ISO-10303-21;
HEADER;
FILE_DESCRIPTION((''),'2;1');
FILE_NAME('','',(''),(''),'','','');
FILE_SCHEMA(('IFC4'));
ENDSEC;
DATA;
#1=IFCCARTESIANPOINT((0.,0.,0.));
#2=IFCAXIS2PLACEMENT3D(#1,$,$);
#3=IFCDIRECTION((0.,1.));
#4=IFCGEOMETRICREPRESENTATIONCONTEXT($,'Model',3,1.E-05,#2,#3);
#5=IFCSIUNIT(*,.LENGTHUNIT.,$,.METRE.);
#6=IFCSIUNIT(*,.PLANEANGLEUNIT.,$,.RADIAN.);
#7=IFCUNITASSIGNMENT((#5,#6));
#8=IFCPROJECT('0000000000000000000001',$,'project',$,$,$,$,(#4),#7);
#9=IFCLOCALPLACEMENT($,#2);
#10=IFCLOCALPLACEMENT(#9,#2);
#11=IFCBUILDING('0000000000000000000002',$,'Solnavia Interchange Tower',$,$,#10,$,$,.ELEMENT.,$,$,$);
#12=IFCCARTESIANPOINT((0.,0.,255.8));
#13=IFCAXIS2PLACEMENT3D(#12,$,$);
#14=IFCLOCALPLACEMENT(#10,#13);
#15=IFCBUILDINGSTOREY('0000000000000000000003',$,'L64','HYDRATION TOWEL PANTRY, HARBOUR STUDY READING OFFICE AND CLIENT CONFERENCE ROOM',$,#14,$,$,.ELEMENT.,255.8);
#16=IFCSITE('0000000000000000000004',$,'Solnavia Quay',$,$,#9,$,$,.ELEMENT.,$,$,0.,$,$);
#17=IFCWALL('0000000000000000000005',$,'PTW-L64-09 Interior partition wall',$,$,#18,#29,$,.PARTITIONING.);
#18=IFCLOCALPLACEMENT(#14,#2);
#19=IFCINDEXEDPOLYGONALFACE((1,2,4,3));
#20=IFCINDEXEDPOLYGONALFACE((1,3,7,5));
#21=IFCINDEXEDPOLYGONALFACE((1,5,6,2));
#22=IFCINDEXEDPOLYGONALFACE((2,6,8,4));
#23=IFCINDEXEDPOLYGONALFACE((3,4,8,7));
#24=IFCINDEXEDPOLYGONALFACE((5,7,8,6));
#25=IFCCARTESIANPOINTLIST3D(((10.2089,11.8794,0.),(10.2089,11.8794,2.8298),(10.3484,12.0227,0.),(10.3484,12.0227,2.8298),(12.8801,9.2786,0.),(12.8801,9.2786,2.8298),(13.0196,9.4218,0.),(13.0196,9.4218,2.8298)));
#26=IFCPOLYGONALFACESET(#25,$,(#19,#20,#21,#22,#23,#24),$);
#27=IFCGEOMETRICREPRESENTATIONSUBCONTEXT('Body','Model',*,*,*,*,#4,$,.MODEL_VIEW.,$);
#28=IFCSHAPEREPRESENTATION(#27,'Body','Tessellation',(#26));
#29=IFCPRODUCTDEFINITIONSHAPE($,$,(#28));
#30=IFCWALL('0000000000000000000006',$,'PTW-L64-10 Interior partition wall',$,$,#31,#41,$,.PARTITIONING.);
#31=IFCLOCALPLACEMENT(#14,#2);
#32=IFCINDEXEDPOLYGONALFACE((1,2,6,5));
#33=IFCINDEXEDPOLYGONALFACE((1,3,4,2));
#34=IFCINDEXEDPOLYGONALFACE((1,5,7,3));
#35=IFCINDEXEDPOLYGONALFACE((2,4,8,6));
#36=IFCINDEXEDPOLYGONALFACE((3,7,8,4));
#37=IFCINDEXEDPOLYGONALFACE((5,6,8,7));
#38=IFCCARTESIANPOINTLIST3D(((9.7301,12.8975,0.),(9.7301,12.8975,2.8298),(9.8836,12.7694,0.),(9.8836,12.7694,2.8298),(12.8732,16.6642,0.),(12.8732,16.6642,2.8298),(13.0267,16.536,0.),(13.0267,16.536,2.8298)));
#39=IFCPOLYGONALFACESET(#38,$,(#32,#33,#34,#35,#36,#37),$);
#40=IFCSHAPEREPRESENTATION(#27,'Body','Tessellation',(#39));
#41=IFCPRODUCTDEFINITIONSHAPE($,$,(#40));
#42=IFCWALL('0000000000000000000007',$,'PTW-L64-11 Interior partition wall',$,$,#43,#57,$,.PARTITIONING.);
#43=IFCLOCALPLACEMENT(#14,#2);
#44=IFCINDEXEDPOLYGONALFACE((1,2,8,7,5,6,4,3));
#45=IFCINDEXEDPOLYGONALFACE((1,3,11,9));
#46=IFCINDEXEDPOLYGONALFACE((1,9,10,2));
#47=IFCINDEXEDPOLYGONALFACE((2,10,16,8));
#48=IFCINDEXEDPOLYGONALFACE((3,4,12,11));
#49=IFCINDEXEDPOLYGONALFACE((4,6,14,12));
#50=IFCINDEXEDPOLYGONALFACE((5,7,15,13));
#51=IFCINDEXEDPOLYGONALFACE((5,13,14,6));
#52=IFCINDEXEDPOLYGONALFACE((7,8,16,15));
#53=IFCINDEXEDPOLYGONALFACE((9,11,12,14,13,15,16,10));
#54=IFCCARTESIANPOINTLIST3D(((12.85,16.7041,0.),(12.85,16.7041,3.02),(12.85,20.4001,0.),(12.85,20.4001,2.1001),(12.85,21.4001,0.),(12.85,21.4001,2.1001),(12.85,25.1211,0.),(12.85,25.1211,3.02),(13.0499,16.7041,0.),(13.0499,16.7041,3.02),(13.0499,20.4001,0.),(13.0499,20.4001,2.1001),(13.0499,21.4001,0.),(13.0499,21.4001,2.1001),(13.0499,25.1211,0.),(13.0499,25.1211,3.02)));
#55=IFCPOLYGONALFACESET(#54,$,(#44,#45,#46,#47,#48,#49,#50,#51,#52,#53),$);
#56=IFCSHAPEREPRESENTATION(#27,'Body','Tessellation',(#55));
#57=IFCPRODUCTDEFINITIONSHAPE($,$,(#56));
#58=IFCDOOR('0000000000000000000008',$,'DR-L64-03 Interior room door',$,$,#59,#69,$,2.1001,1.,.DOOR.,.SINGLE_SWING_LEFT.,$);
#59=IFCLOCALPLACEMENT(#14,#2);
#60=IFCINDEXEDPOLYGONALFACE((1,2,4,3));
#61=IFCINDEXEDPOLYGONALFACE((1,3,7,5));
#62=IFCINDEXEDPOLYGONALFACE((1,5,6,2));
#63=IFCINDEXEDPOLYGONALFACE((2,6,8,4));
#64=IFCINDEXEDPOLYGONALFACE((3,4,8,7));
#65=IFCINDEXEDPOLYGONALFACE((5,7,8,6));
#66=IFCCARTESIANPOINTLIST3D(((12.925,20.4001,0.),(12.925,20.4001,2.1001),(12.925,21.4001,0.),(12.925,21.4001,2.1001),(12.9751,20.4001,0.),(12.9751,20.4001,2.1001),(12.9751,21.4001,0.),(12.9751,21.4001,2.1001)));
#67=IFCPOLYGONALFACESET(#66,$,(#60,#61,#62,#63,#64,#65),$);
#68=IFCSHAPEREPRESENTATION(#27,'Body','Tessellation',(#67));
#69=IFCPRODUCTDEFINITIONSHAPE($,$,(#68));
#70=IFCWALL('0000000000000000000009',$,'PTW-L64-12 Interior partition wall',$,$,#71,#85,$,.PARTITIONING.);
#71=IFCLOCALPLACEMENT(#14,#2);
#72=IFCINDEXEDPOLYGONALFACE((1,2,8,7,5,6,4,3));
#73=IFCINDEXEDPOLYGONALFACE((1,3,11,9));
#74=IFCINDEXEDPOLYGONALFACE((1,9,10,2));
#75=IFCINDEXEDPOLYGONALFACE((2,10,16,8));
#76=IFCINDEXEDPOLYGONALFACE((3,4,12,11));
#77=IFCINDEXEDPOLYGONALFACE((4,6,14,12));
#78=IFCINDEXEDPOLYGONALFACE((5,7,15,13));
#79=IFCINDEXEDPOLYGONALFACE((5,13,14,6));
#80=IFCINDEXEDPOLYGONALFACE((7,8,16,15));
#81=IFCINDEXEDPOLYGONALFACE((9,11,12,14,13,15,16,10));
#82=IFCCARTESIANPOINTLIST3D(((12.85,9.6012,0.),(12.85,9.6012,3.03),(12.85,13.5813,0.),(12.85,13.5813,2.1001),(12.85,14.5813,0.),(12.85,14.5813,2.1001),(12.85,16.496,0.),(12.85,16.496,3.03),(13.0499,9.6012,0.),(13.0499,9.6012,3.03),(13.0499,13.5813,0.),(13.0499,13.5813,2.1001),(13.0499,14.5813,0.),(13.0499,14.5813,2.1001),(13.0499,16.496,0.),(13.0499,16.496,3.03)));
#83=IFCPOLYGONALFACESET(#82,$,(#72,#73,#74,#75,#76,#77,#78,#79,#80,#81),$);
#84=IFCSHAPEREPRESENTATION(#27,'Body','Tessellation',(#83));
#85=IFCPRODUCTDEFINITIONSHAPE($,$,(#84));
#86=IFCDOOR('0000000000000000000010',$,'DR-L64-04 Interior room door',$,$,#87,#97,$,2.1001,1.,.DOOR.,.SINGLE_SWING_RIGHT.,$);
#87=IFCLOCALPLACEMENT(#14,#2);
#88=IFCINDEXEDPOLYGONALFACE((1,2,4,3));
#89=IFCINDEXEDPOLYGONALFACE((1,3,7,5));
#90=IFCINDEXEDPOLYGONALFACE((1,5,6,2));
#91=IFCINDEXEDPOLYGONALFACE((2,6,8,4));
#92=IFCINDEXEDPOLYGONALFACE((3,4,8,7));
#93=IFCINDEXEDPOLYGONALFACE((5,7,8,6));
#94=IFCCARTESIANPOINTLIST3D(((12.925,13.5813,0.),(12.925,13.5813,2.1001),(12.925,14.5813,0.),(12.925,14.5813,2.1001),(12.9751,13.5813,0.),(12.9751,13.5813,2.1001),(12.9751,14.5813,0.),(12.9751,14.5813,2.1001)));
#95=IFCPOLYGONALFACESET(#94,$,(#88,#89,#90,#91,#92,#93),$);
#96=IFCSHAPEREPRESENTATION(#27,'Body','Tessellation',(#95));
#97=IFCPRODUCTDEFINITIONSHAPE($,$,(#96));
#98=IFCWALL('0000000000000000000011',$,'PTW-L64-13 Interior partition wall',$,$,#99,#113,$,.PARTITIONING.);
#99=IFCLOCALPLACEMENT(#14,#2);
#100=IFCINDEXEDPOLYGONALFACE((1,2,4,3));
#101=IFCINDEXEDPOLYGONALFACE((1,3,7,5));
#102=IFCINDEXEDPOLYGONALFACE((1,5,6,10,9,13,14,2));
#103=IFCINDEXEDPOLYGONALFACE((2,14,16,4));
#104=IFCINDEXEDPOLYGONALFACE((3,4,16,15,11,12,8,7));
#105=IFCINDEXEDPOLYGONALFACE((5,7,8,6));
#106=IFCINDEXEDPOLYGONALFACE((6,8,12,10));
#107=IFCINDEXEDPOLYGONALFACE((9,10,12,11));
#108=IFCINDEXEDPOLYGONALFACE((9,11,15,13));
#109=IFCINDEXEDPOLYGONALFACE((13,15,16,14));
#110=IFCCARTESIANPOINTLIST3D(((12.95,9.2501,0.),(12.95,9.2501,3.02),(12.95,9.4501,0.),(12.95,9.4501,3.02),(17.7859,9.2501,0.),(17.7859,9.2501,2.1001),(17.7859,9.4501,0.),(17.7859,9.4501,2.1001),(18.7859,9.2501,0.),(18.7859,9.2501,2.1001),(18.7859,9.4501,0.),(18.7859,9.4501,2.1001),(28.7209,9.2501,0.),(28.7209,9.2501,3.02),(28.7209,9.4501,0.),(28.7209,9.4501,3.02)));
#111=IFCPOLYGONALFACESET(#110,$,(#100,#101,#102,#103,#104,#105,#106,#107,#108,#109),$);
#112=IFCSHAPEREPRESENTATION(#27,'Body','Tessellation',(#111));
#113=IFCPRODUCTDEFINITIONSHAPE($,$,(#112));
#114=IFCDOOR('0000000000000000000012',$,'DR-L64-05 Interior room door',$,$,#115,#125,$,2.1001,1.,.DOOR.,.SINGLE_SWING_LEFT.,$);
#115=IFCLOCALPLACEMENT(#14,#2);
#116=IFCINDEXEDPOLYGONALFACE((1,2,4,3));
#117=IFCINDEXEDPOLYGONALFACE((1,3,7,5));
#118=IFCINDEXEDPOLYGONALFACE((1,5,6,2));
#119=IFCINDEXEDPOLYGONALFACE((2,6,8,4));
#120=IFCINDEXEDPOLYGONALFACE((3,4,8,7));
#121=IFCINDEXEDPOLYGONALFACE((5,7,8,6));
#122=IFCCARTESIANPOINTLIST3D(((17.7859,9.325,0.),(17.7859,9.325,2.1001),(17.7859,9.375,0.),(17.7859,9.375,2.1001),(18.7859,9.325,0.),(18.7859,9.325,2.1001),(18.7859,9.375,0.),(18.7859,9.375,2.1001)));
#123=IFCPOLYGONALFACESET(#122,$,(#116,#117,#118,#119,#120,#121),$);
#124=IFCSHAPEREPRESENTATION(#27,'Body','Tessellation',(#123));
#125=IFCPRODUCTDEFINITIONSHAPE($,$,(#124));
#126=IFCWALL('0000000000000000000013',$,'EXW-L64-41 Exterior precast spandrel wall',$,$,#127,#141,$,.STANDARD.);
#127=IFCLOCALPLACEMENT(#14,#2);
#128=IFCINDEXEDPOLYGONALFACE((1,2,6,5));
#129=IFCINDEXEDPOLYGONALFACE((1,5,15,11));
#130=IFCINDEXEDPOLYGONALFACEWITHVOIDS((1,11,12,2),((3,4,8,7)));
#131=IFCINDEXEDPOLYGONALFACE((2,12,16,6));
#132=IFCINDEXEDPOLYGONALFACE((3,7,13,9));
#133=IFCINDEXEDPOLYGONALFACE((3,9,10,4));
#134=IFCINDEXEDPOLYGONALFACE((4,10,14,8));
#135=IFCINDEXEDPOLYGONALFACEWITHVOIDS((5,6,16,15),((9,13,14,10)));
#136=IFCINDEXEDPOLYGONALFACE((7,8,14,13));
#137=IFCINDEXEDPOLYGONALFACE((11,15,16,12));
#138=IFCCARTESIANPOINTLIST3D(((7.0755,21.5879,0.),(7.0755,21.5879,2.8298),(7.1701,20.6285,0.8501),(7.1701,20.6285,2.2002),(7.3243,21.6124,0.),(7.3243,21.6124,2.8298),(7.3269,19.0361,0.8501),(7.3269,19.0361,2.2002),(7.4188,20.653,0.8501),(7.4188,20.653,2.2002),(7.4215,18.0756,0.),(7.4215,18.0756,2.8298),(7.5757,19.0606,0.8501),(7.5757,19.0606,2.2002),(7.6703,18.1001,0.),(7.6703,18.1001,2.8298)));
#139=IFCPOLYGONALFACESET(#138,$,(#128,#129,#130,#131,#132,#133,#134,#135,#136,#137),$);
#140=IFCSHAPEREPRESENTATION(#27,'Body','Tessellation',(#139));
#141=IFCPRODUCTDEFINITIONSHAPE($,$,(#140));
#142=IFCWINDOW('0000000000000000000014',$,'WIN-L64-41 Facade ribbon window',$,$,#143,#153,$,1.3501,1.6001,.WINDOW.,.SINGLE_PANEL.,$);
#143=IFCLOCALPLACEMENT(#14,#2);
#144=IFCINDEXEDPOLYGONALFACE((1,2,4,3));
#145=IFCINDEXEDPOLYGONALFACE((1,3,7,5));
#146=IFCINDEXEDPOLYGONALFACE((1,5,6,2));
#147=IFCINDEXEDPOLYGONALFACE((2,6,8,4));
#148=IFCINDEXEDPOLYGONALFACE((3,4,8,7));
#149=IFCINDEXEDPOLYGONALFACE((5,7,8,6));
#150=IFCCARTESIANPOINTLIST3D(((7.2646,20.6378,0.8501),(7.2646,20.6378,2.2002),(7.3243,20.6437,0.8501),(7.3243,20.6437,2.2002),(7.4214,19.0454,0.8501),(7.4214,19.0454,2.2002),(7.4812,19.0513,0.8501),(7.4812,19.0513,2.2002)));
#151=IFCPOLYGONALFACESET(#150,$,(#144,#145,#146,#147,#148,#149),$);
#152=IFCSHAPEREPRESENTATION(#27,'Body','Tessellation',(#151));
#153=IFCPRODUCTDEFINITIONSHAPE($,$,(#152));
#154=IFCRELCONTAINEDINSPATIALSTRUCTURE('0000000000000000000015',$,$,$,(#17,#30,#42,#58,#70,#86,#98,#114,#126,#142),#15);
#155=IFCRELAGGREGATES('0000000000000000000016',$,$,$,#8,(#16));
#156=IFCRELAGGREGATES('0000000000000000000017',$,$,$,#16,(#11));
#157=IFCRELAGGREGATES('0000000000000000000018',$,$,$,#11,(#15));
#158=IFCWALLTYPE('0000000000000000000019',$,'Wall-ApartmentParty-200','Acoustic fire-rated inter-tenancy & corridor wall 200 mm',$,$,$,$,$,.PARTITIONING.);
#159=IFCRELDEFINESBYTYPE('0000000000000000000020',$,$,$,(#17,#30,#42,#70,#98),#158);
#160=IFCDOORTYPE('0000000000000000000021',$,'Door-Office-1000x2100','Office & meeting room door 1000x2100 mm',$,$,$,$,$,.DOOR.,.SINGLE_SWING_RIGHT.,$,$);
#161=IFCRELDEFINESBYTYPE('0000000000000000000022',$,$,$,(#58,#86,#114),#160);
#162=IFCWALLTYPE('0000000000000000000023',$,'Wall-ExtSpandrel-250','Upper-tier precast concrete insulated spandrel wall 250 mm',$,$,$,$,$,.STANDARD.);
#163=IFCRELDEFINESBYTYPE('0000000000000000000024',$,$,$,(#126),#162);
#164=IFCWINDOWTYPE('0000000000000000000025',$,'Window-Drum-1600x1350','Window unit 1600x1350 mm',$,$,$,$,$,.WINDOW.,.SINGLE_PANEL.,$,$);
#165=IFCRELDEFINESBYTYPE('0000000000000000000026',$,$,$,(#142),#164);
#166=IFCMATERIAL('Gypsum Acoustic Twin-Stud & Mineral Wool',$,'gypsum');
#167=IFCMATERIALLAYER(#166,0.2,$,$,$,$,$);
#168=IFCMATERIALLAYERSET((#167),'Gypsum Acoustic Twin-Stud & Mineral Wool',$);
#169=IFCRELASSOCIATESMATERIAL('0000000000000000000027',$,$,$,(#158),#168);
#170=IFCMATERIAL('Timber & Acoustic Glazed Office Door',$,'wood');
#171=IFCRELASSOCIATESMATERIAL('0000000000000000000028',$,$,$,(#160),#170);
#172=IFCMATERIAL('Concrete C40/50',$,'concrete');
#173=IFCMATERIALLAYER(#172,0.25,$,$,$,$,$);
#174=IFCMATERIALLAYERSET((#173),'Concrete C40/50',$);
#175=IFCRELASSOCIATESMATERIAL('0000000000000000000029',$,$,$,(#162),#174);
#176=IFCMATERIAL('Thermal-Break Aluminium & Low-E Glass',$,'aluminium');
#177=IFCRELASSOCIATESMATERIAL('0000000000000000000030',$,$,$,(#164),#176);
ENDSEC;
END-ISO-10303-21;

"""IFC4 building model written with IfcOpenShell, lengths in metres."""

from ifc_helpers import new_model, si_unit, direction, frame, frame_2d, origin, place, context, subcontext, project, spatial, rectangle, extrude, material, layer, layer_set, type_object, element, fill, save


model = new_model("IFC4")

# Units and contexts
model_context = context("Model", 3, precision=1e-05, world=origin(), true_north=direction((0.0, 1.0)))
body_context = subcontext(model_context, "Body", "Model", "MODEL_VIEW")
ifc_project = project(units=[si_unit("LENGTHUNIT", "METRE"), si_unit("PLANEANGLEUNIT", "RADIAN")], contexts=[model_context])

# Site, building, storey
site_placement = place(None, origin())
site = spatial("IfcSite", under=ifc_project, at=site_placement, Name="Solnavia Quay", CompositionType="ELEMENT", RefElevation=0.0)
building_placement = place(site_placement, origin())
building = spatial("IfcBuilding", under=site, at=building_placement, Name="Solnavia Interchange Tower", CompositionType="ELEMENT")
storey_placement = place(building_placement, frame((0.0, 0.0, 255.8)))
storey = spatial("IfcBuildingStorey", under=building, at=storey_placement, Name="L64", Description="HYDRATION TOWEL PANTRY, HARBOUR STUDY READING OFFICE AND CLIENT CONFERENCE ROOM", CompositionType="ELEMENT", Elevation=255.8)

# Shared definitions
ifc_material_1 = material(Name="Concrete C40/50", Category="concrete")

# Walls
ifc_material_2 = material(Name="Gypsum Acoustic Twin-Stud & Mineral Wool", Category="gypsum")
ifc_layer_1 = layer(ifc_material_2, 0.2)
ifc_layer_set_1 = layer_set([ifc_layer_1], Name="Gypsum Acoustic Twin-Stud & Mineral Wool")
wall_type_1 = type_object("IfcWallType", Name="Wall-ApartmentParty-200", Description="Acoustic fire-rated inter-tenancy & corridor wall 200 mm", PredefinedType="PARTITIONING", material=ifc_layer_set_1)
wall_1_placement = place(storey_placement, frame((12.95, 9.3501, 0.0), z_axis=(0.0, 0.0, 1.0), x_axis=(-0.716474, 0.697614, 0.0)))
element("IfcWall", 1, at=wall_1_placement, inside=storey, type_object=wall_type_1, Name="PTW-L64-09 Interior partition wall", PredefinedType="PARTITIONING", context=body_context, shape_type="SweptSolid", body=[
    extrude(rectangle(XDim=3.7283, YDim=0.2, at=frame_2d((1.8643, 0.0))), origin(), (0.0, 0.0, 1.0), 2.8298),
])
wall_2_placement = place(storey_placement, frame((12.95, 16.6001, 0.0), z_axis=(0.0, 0.0, 1.0), x_axis=(-0.640693, -0.767797, 0.0)))
element("IfcWall", 2, at=wall_2_placement, inside=storey, type_object=wall_type_1, Name="PTW-L64-10 Interior partition wall", PredefinedType="PARTITIONING", context=body_context, shape_type="SweptSolid", body=[
    extrude(rectangle(XDim=4.9058, YDim=0.2, at=frame_2d((2.4529, 0.0))), origin(), (0.0, 0.0, 1.0), 2.8298),
])

# Walls, openings, doors
wall_3_placement = place(storey_placement, frame((12.95, 16.7041, 0.0), z_axis=(0.0, 0.0, 1.0), x_axis=(0.0, 1.0, 0.0)))
wall_3 = element("IfcWall", 3, at=wall_3_placement, inside=storey, type_object=wall_type_1, Name="PTW-L64-11 Interior partition wall", PredefinedType="PARTITIONING", context=body_context, shape_type="SweptSolid", body=[
    extrude(rectangle(XDim=8.417, YDim=0.2, at=frame_2d((4.2085, 0.0))), origin(), (0.0, 0.0, 1.0), 3.02),
])
opening_1_placement = place(wall_3_placement, frame((3.696, 0.0, 0.0)))
opening_1 = element("IfcOpeningElement", 4, at=opening_1_placement, cuts=wall_3, PredefinedType="OPENING", context=body_context, shape_type="SweptSolid", body=[
    extrude(rectangle(XDim=1.0, YDim=2.1001, at=frame_2d((0.5, 1.05))), frame((0.0, 0.1099, 0.0), z_axis=(0.0, -1.0, 0.0), x_axis=(1.0, 0.0, 0.0)), (0.0, 0.0, 1.0), 0.22),
])
ifc_material_3 = material(Name="Timber & Acoustic Glazed Office Door", Category="wood")
door_type = type_object("IfcDoorType", Name="Door-Office-1000x2100", Description="Office & meeting room door 1000x2100 mm", OperationType="SINGLE_SWING_RIGHT", PredefinedType="DOOR", material=ifc_material_3)
door_1_placement = place(opening_1_placement, origin())
door_1 = element("IfcDoor", 5, at=door_1_placement, inside=storey, type_object=door_type, Name="DR-L64-03 Interior room door", OperationType="SINGLE_SWING_LEFT", OverallHeight=2.1001, OverallWidth=1.0, PredefinedType="DOOR", context=body_context, shape_type="SweptSolid", body=[
    extrude(rectangle(XDim=1.0, YDim=2.1001, at=frame_2d((0.5, 1.05))), frame((0.0, 0.0249, 0.0), z_axis=(0.0, -1.0, 0.0), x_axis=(1.0, 0.0, 0.0)), (0.0, 0.0, 1.0), 0.05),
])
fill(opening_1, door_1)
wall_4_placement = place(storey_placement, frame((12.95, 9.6013, 0.0), z_axis=(0.0, 0.0, 1.0), x_axis=(0.0, 1.0, 0.0)))
wall_4 = element("IfcWall", 6, at=wall_4_placement, inside=storey, type_object=wall_type_1, Name="PTW-L64-12 Interior partition wall", PredefinedType="PARTITIONING", context=body_context, shape_type="SweptSolid", body=[
    extrude(rectangle(XDim=6.8948, YDim=0.2, at=frame_2d((3.4473, 0.0))), origin(), (0.0, 0.0, 1.0), 3.03),
])
opening_2_placement = place(wall_4_placement, frame((3.98, 0.0, 0.0)))
opening_2 = element("IfcOpeningElement", 7, at=opening_2_placement, cuts=wall_4, PredefinedType="OPENING", context=body_context, shape_type="SweptSolid", body=[
    extrude(rectangle(XDim=1.0, YDim=2.1001, at=frame_2d((0.5, 1.05))), frame((0.0, 0.1099, 0.0), z_axis=(0.0, -1.0, 0.0), x_axis=(1.0, 0.0, 0.0)), (0.0, 0.0, 1.0), 0.22),
])
door_2_placement = place(opening_2_placement, origin())
door_2 = element("IfcDoor", 8, at=door_2_placement, inside=storey, type_object=door_type, Name="DR-L64-04 Interior room door", OperationType="SINGLE_SWING_RIGHT", OverallHeight=2.1001, OverallWidth=1.0, PredefinedType="DOOR", context=body_context, shape_type="SweptSolid", body=[
    extrude(rectangle(XDim=1.0, YDim=2.1001, at=frame_2d((0.5, 1.05))), frame((0.0, 0.0249, 0.0), z_axis=(0.0, -1.0, 0.0), x_axis=(1.0, 0.0, 0.0)), (0.0, 0.0, 1.0), 0.05),
])
fill(opening_2, door_2)
wall_5_placement = place(storey_placement, frame((12.95, 9.3501, 0.0), z_axis=(0.0, 0.0, 1.0), x_axis=(1.0, 0.0, 0.0)))
wall_5 = element("IfcWall", 9, at=wall_5_placement, inside=storey, type_object=wall_type_1, Name="PTW-L64-13 Interior partition wall", PredefinedType="PARTITIONING", context=body_context, shape_type="SweptSolid", body=[
    extrude(rectangle(XDim=15.771, YDim=0.2, at=frame_2d((7.8855, 0.0))), origin(), (0.0, 0.0, 1.0), 3.02),
])
opening_3_placement = place(wall_5_placement, frame((4.8359, 0.0, 0.0)))
opening_3 = element("IfcOpeningElement", 10, at=opening_3_placement, cuts=wall_5, PredefinedType="OPENING", context=body_context, shape_type="SweptSolid", body=[
    extrude(rectangle(XDim=1.0, YDim=2.1001, at=frame_2d((0.5, 1.05))), frame((0.0, 0.1099, 0.0), z_axis=(0.0, -1.0, 0.0), x_axis=(1.0, 0.0, 0.0)), (0.0, 0.0, 1.0), 0.22),
])
door_3_placement = place(opening_3_placement, origin())
door_3 = element("IfcDoor", 11, at=door_3_placement, inside=storey, type_object=door_type, Name="DR-L64-05 Interior room door", OperationType="SINGLE_SWING_LEFT", OverallHeight=2.1001, OverallWidth=1.0, PredefinedType="DOOR", context=body_context, shape_type="SweptSolid", body=[
    extrude(rectangle(XDim=1.0, YDim=2.1001, at=frame_2d((0.5, 1.05))), frame((0.0, 0.0249, 0.0), z_axis=(0.0, -1.0, 0.0), x_axis=(1.0, 0.0, 0.0)), (0.0, 0.0, 1.0), 0.05),
])
fill(opening_3, door_3)

# Wall, opening, window
ifc_layer_2 = layer(ifc_material_1, 0.25)
ifc_layer_set_2 = layer_set([ifc_layer_2], Name="Concrete C40/50")
wall_type_2 = type_object("IfcWallType", Name="Wall-ExtSpandrel-250", Description="Upper-tier precast concrete insulated spandrel wall 250 mm", PredefinedType="STANDARD", material=ifc_layer_set_2)
wall_6_placement = place(storey_placement, frame((7.5459, 18.0879, 0.0), z_axis=(0.0, 0.0, 1.0), x_axis=(-0.098024, 0.995184, 0.0)))
wall_6 = element("IfcWall", 12, at=wall_6_placement, inside=storey, type_object=wall_type_2, Name="EXW-L64-41 Exterior precast spandrel wall", PredefinedType="STANDARD", context=body_context, shape_type="SweptSolid", body=[
    extrude(rectangle(XDim=3.5293, YDim=0.25, at=frame_2d((1.7646, 0.0))), origin(), (0.0, 0.0, 1.0), 2.8298),
])
opening_4_placement = place(wall_6_placement, frame((0.9651, 0.0, 0.8501)))
opening_4 = element("IfcOpeningElement", 13, at=opening_4_placement, cuts=wall_6, PredefinedType="OPENING", context=body_context, shape_type="SweptSolid", body=[
    extrude(rectangle(XDim=1.6001, YDim=1.3501, at=frame_2d((0.8, 0.675))), frame((0.0, 0.135, 0.0), z_axis=(0.0, -1.0, 0.0), x_axis=(1.0, 0.0, 0.0)), (0.0, 0.0, 1.0), 0.27),
])
ifc_material_4 = material(Name="Thermal-Break Aluminium & Low-E Glass", Category="aluminium")
window_type = type_object("IfcWindowType", Name="Window-Drum-1600x1350", Description="Window unit 1600x1350 mm", PartitioningType="SINGLE_PANEL", PredefinedType="WINDOW", material=ifc_material_4)
window_1_placement = place(opening_4_placement, origin())
window_1 = element("IfcWindow", 14, at=window_1_placement, inside=storey, type_object=window_type, Name="WIN-L64-41 Facade ribbon window", OverallHeight=1.3501, OverallWidth=1.6001, PartitioningType="SINGLE_PANEL", PredefinedType="WINDOW", context=body_context, shape_type="SweptSolid", body=[
    extrude(rectangle(XDim=1.6001, YDim=1.3501, at=frame_2d((0.8, 0.675))), frame((0.0, 0.03, 0.0), z_axis=(0.0, -1.0, 0.0), x_axis=(1.0, 0.0, 0.0)), (0.0, 0.0, 1.0), 0.0601),
])
fill(opening_4, window_1)

save(model, "model.ifc")
